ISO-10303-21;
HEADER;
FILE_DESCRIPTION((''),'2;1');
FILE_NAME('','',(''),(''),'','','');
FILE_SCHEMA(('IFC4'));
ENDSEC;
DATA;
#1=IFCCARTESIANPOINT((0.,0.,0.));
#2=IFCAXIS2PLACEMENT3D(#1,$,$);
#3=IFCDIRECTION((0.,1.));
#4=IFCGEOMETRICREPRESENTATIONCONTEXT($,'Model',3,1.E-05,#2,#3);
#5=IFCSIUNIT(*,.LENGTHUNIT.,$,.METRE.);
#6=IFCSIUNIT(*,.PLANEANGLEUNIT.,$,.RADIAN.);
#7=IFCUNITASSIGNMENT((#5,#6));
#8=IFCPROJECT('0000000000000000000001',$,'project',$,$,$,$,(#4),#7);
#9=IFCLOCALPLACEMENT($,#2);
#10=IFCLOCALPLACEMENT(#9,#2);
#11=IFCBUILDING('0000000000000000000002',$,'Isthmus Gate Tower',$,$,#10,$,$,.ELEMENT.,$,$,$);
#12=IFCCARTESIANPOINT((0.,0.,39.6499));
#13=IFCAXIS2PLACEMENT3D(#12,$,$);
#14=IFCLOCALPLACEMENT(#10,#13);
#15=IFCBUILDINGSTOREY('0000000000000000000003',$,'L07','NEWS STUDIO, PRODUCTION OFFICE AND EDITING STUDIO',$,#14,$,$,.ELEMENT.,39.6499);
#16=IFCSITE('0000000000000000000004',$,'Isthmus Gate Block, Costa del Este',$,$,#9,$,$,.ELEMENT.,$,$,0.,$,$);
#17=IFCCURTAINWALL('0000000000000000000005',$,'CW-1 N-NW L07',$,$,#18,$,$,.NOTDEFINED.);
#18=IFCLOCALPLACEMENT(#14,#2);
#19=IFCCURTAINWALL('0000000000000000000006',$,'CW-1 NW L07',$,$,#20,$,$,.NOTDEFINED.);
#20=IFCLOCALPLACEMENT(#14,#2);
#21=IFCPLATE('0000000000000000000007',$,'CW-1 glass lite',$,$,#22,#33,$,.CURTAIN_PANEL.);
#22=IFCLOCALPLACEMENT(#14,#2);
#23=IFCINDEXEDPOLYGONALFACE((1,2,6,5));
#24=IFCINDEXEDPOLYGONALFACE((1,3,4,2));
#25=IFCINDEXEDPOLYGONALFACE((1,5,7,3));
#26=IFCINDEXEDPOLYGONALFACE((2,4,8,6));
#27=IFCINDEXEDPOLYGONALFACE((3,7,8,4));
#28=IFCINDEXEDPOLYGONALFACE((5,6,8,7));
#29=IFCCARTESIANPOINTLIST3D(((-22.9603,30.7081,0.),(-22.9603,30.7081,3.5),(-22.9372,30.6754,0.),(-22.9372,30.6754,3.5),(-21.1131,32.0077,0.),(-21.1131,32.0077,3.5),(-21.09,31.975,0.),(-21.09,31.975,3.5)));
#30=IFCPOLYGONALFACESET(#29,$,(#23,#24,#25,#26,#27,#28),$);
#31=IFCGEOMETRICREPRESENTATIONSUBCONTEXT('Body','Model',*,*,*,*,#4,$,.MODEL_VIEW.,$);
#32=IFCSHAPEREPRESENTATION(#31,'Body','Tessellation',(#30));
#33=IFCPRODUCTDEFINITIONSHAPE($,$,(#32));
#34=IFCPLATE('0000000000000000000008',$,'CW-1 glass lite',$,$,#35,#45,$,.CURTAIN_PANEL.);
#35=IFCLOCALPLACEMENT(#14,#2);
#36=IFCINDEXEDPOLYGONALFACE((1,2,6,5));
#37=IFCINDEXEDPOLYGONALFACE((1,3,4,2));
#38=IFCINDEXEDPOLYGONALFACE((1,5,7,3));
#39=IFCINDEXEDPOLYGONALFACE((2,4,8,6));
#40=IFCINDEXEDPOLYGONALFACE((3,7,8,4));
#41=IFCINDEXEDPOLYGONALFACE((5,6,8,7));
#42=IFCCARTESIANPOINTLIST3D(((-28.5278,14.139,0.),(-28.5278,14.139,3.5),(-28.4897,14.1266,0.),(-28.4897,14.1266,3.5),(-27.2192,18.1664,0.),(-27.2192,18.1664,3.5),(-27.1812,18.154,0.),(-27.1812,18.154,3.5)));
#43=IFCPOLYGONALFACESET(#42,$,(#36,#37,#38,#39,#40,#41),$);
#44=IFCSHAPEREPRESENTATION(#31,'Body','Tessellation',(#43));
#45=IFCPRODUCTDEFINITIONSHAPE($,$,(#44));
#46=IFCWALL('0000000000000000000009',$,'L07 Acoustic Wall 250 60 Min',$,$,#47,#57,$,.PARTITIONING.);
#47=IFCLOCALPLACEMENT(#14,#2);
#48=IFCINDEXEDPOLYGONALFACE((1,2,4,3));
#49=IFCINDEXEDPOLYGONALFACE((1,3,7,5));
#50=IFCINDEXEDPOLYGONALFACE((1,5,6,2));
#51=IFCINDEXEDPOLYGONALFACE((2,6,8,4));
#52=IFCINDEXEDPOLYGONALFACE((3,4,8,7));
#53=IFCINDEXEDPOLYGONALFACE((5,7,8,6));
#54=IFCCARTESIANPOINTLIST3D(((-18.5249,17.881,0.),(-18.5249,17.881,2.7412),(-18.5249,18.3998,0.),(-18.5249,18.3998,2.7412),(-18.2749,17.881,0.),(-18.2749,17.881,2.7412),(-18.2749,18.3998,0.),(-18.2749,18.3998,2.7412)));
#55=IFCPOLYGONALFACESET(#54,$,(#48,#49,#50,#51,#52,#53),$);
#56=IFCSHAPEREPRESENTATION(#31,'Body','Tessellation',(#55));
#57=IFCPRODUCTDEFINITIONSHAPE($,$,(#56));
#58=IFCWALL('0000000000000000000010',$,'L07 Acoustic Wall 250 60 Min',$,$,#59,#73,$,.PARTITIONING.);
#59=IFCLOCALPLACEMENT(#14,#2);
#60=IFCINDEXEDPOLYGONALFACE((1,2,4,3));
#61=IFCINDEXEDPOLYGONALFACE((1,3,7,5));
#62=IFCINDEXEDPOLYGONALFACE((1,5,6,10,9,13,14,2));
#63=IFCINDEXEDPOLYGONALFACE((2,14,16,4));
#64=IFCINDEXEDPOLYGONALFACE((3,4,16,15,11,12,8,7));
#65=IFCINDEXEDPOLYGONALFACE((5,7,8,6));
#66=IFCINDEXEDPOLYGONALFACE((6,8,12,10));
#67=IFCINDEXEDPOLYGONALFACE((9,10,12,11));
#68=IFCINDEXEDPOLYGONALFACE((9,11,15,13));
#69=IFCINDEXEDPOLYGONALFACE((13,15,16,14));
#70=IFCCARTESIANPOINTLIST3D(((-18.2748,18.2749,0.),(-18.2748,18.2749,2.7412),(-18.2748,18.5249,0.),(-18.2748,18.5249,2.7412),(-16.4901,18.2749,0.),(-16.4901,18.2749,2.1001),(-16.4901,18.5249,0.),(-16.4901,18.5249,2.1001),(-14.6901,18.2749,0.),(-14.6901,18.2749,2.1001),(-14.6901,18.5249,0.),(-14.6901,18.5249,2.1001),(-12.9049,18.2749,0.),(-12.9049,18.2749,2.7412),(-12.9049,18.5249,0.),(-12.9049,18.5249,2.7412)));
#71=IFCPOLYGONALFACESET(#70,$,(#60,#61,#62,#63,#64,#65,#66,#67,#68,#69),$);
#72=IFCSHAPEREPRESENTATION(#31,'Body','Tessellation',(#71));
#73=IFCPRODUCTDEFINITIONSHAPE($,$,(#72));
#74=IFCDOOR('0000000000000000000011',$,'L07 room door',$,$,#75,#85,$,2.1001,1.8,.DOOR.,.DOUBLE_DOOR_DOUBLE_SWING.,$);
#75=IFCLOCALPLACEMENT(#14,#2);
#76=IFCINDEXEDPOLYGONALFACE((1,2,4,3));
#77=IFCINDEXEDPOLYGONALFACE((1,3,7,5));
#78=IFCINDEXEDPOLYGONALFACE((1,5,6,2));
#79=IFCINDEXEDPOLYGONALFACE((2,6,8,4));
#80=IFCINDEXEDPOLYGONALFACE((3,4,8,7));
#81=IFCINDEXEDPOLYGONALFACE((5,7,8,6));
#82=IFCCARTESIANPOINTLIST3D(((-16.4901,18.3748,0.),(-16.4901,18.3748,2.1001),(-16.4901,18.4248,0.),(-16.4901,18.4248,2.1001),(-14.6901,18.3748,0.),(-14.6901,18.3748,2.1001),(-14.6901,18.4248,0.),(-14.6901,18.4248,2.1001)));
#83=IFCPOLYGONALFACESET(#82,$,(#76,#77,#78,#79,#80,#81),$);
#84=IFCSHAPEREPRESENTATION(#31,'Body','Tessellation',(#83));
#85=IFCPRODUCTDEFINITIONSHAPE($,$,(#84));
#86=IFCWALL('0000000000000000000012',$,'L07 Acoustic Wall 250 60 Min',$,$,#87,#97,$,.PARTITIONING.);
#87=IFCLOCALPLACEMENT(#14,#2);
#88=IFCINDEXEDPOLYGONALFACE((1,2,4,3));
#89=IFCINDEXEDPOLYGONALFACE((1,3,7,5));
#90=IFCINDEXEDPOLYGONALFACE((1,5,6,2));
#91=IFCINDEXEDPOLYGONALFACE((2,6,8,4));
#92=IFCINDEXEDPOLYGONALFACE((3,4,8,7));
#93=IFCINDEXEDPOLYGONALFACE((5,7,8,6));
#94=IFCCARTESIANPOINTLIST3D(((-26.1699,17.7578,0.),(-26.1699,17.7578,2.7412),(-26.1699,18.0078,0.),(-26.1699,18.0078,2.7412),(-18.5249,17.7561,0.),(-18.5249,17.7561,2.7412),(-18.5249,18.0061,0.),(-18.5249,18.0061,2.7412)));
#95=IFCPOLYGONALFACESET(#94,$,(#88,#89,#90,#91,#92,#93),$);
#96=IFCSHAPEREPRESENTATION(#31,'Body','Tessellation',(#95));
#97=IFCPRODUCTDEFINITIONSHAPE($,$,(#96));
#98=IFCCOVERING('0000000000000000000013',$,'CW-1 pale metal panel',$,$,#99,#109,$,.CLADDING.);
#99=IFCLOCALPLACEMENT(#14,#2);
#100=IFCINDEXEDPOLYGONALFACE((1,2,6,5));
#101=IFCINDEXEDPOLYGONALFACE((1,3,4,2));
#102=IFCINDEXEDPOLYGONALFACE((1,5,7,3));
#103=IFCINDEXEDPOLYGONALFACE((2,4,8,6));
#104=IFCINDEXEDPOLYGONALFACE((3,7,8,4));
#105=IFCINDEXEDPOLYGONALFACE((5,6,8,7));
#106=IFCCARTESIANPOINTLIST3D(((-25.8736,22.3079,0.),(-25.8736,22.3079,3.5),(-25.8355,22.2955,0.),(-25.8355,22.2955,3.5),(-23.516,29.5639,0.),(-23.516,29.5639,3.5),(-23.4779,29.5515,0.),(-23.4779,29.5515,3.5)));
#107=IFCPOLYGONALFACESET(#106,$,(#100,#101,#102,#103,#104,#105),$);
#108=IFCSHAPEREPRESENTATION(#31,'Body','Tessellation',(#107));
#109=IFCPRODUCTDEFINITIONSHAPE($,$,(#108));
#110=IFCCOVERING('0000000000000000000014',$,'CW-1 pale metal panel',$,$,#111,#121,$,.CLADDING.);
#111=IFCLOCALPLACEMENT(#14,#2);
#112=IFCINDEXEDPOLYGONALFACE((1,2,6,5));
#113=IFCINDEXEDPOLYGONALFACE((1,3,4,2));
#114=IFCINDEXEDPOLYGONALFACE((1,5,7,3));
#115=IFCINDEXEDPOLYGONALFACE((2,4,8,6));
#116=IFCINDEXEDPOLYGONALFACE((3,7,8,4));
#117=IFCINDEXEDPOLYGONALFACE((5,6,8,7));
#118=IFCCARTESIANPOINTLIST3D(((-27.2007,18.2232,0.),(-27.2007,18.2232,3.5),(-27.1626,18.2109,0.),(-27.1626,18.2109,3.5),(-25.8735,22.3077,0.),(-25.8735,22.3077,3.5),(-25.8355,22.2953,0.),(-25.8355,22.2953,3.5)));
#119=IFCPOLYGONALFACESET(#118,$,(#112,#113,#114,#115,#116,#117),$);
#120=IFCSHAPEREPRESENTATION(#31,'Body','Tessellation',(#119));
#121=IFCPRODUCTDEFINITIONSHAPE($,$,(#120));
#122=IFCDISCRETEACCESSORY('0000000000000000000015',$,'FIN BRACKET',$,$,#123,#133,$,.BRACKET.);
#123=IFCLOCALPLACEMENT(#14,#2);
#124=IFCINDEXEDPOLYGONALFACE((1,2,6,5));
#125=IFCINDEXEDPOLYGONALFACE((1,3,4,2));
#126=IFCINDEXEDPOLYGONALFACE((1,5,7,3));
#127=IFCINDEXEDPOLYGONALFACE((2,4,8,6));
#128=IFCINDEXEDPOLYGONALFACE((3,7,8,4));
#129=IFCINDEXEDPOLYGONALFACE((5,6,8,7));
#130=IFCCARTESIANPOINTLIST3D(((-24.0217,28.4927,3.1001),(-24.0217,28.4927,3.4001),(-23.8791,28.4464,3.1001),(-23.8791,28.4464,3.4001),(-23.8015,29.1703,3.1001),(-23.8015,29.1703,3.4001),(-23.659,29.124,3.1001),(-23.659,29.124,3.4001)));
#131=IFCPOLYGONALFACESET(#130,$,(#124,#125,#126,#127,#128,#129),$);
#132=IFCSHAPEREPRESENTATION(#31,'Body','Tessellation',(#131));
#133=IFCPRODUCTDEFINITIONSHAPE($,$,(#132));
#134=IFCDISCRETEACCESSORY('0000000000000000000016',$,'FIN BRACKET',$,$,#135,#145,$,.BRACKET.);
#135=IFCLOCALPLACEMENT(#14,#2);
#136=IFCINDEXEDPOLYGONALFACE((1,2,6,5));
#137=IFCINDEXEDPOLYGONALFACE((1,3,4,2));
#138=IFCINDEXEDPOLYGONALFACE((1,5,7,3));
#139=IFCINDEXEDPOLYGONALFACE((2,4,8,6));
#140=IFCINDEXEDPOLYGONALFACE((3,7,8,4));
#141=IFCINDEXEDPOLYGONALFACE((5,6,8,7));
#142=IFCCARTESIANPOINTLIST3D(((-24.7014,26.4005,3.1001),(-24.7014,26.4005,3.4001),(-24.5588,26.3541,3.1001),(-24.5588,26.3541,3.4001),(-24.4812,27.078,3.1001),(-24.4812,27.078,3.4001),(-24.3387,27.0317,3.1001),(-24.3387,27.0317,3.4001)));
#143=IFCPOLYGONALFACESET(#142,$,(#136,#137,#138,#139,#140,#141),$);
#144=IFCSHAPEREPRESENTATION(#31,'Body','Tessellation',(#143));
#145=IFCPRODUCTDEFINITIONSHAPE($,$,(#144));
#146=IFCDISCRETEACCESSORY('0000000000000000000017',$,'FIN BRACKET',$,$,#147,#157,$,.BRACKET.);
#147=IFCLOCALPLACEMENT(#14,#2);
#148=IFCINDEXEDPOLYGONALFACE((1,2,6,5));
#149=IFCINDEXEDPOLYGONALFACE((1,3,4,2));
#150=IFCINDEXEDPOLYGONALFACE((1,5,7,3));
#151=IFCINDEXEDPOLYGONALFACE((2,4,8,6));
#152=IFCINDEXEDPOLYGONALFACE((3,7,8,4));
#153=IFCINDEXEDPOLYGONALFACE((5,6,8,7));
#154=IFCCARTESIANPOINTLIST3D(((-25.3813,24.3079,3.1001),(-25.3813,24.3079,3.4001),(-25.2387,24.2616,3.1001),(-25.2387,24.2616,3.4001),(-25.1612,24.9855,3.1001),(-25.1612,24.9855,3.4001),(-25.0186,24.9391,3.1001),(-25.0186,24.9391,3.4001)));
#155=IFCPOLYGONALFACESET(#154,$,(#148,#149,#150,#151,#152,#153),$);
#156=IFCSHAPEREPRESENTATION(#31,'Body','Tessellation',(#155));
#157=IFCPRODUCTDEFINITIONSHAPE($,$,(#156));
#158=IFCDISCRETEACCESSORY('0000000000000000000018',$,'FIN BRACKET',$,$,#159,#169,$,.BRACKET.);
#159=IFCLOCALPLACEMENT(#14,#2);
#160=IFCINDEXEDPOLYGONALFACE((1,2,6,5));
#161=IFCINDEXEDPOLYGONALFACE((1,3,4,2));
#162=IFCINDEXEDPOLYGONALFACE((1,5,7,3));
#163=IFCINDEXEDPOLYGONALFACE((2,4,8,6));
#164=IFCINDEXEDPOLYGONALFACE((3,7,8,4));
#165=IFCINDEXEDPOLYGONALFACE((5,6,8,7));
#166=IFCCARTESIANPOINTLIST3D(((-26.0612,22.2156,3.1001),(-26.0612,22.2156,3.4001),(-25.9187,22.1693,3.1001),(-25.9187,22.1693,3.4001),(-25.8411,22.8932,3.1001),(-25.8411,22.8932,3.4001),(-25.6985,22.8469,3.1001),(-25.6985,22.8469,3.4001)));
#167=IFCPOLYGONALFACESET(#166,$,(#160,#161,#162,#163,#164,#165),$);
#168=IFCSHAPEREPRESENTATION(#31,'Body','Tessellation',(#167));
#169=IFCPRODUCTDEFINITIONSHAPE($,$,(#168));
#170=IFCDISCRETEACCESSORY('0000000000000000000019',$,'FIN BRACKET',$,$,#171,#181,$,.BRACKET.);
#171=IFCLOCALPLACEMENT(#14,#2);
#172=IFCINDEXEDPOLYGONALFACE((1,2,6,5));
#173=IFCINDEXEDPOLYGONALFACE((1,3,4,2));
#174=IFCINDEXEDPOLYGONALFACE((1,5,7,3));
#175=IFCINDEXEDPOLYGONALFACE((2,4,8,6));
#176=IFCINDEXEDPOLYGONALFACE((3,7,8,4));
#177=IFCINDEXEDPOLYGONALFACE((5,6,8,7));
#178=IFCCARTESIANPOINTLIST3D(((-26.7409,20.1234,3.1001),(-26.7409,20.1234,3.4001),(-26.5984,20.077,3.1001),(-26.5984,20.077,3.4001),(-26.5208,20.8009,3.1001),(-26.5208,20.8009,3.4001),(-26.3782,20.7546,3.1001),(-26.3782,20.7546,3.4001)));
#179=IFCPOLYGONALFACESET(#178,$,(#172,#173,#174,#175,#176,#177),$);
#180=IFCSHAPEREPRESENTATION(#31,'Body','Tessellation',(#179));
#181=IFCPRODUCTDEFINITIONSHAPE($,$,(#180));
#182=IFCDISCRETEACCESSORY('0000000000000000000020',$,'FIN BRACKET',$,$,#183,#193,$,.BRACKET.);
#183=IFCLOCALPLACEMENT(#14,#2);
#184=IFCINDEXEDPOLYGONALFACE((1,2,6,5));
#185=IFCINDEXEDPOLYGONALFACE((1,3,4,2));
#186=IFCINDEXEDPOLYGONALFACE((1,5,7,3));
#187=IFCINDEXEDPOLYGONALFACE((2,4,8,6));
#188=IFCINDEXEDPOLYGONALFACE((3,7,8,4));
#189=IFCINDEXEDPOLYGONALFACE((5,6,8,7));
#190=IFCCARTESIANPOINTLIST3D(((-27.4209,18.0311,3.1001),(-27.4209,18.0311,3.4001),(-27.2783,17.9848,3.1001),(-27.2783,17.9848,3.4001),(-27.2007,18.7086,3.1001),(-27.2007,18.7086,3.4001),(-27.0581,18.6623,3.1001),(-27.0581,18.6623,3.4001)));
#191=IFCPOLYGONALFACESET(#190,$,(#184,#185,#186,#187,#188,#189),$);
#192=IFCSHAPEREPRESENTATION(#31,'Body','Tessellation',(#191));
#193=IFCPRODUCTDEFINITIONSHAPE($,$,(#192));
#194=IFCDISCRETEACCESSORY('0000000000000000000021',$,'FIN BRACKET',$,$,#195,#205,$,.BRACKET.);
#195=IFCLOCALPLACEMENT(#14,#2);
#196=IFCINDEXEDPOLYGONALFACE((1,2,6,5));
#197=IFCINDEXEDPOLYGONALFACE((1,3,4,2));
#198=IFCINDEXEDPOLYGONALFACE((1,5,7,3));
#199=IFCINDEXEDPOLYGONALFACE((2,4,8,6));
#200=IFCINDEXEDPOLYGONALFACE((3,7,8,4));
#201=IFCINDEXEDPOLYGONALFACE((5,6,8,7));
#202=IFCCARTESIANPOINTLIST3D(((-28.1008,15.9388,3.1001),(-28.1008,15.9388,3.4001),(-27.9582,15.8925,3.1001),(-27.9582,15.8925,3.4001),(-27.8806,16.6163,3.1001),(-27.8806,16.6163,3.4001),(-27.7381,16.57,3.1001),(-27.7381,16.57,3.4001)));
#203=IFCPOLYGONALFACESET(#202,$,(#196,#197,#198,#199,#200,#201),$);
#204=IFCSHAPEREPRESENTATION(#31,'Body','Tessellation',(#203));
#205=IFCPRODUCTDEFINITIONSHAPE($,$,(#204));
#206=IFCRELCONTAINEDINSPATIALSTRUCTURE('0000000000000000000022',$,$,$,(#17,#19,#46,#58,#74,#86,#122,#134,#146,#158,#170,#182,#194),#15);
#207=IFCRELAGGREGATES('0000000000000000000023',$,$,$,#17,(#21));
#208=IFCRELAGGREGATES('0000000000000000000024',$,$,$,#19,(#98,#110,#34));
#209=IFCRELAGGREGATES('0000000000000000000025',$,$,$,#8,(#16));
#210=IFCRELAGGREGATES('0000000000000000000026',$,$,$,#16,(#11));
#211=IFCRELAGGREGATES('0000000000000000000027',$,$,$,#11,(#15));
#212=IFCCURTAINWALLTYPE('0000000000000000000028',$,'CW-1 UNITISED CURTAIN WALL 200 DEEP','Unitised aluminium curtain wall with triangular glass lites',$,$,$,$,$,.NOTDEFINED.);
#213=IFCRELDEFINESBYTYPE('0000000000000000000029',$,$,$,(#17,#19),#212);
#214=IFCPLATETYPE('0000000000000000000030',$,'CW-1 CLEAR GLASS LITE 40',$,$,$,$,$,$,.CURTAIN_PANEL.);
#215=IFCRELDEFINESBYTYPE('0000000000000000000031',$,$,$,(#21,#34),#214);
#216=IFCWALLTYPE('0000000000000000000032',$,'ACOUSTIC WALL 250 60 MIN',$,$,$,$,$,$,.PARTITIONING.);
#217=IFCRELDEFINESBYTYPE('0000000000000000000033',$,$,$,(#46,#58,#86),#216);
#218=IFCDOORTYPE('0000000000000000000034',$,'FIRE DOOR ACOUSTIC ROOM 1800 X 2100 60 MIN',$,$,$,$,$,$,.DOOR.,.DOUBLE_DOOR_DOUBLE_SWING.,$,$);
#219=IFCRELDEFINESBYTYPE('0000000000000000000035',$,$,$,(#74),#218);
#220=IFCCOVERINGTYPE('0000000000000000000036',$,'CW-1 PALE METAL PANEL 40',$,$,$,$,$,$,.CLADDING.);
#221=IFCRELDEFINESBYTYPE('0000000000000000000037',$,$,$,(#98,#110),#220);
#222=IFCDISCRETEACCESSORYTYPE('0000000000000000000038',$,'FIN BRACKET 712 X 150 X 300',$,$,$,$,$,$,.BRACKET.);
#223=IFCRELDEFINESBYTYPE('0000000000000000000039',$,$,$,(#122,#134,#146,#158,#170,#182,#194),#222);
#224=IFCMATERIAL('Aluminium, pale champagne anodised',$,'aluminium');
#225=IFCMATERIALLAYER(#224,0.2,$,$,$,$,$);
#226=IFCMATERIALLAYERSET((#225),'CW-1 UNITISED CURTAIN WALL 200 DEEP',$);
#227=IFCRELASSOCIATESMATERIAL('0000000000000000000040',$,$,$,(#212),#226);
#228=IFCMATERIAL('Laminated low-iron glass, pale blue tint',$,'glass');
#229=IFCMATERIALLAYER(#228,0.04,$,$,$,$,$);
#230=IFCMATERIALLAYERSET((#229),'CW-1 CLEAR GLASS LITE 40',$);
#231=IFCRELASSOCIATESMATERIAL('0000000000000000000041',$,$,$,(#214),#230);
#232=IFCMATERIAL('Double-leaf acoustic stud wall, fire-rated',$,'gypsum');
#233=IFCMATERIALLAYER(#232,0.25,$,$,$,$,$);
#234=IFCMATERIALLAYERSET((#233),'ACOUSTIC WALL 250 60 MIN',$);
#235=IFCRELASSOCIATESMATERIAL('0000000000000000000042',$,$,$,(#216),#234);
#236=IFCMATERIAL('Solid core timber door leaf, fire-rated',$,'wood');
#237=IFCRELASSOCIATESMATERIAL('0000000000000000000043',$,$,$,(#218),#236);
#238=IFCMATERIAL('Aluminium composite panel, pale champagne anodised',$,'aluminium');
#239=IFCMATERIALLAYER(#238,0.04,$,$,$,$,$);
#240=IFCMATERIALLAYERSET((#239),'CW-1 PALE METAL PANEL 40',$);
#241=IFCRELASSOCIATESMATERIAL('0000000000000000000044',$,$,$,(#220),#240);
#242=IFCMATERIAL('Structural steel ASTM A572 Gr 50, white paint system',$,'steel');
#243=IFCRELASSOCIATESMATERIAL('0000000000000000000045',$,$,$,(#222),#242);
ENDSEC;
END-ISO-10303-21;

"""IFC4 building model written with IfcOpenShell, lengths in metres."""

from ifc_helpers import new_model, si_unit, direction, frame, frame_2d, origin, origin_2d, place, context, subcontext, project, spatial, rectangle, extrude, material, layer, layer_set, type_object, element, fill, aggregate, save


model = new_model("IFC4")

# Units and contexts
model_context = context("Model", 3, precision=1e-05, world=origin(), true_north=direction((0.0, 1.0)))
body_context = subcontext(model_context, "Body", "Model", "MODEL_VIEW")
ifc_project = project(units=[si_unit("LENGTHUNIT", "METRE"), si_unit("PLANEANGLEUNIT", "RADIAN")], contexts=[model_context])

# Site, building, storey
site_placement = place(None, origin())
site = spatial("IfcSite", under=ifc_project, at=site_placement, Name="Isthmus Gate Block, Costa del Este", CompositionType="ELEMENT", RefElevation=0.0)
building_placement = place(site_placement, origin())
building = spatial("IfcBuilding", under=site, at=building_placement, Name="Isthmus Gate Tower", CompositionType="ELEMENT")
storey_placement = place(building_placement, frame((0.0, 0.0, 39.6499)))
storey = spatial("IfcBuildingStorey", under=building, at=storey_placement, Name="L07", Description="NEWS STUDIO, PRODUCTION OFFICE AND EDITING STUDIO", CompositionType="ELEMENT", Elevation=39.6499)

# Curtain wall
ifc_material_1 = material(Name="Aluminium, pale champagne anodised", Category="aluminium")
ifc_layer_1 = layer(ifc_material_1, 0.2)
ifc_layer_set_1 = layer_set([ifc_layer_1], Name="CW-1 UNITISED CURTAIN WALL 200 DEEP")
curtain_wall_type = type_object("IfcCurtainWallType", Name="CW-1 UNITISED CURTAIN WALL 200 DEEP", Description="Unitised aluminium curtain wall with triangular glass lites", PredefinedType="NOTDEFINED", material=ifc_layer_set_1)
curtain_wall_1_placement = place(storey_placement, origin())
curtain_wall_1 = element("IfcCurtainWall", 1, at=curtain_wall_1_placement, inside=storey, type_object=curtain_wall_type, Name="CW-1 N-NW L07", PredefinedType="NOTDEFINED")

# Curtain wall
curtain_wall_2_placement = place(storey_placement, origin())
curtain_wall_2 = element("IfcCurtainWall", 2, at=curtain_wall_2_placement, inside=storey, type_object=curtain_wall_type, Name="CW-1 NW L07", PredefinedType="NOTDEFINED")

# Plates
ifc_material_2 = material(Name="Laminated low-iron glass, pale blue tint", Category="glass")
ifc_layer_2 = layer(ifc_material_2, 0.04)
ifc_layer_set_2 = layer_set([ifc_layer_2], Name="CW-1 CLEAR GLASS LITE 40")
plate_type = type_object("IfcPlateType", Name="CW-1 CLEAR GLASS LITE 40", PredefinedType="CURTAIN_PANEL", material=ifc_layer_set_2)
plate_1_placement = place(storey_placement, frame((-22.0251, 31.3416, 0.0), z_axis=(0.0, 0.0, 1.0), x_axis=(-0.81786, -0.575418, 0.0)))
plate_1 = element("IfcPlate", 3, at=plate_1_placement, type_object=plate_type, Name="CW-1 glass lite", PredefinedType="CURTAIN_PANEL", context=body_context, shape_type="SweptSolid", body=[
    extrude(rectangle(XDim=2.2585, YDim=0.04, at=origin_2d()), origin(), (0.0, 0.0, 1.0), 3.5),
])
aggregate(curtain_wall_1, [plate_1])
plate_2_placement = place(storey_placement, frame((-27.8545, 16.1465, 0.0), z_axis=(0.0, 0.0, 1.0), x_axis=(-0.309017, -0.951057, 0.0)))
plate_2 = element("IfcPlate", 4, at=plate_2_placement, type_object=plate_type, Name="CW-1 glass lite", PredefinedType="CURTAIN_PANEL", context=body_context, shape_type="SweptSolid", body=[
    extrude(rectangle(XDim=4.2346, YDim=0.04, at=origin_2d()), origin(), (0.0, 0.0, 1.0), 3.5),
])

# Wall
ifc_material_3 = material(Name="Double-leaf acoustic stud wall, fire-rated", Category="gypsum")
ifc_layer_3 = layer(ifc_material_3, 0.25)
ifc_layer_set_3 = layer_set([ifc_layer_3], Name="ACOUSTIC WALL 250 60 MIN")
wall_type = type_object("IfcWallType", Name="ACOUSTIC WALL 250 60 MIN", PredefinedType="PARTITIONING", material=ifc_layer_set_3)
wall_1_placement = place(storey_placement, frame((-18.3999, 17.8811, 0.0), z_axis=(0.0, 0.0, 1.0), x_axis=(0.0, 1.0, 0.0)))
element("IfcWall", 5, at=wall_1_placement, inside=storey, type_object=wall_type, Name="L07 Acoustic Wall 250 60 Min", PredefinedType="PARTITIONING", context=body_context, shape_type="SweptSolid", body=[
    extrude(rectangle(XDim=0.5188, YDim=0.25, at=frame_2d((0.2593, 0.0))), origin(), (0.0, 0.0, 1.0), 2.7412),
])

# Wall, opening, door
wall_2_placement = place(storey_placement, frame((-18.2749, 18.3999, 0.0), z_axis=(0.0, 0.0, 1.0), x_axis=(1.0, 0.0, 0.0)))
wall_2 = element("IfcWall", 6, at=wall_2_placement, inside=storey, type_object=wall_type, Name="L07 Acoustic Wall 250 60 Min", PredefinedType="PARTITIONING", context=body_context, shape_type="SweptSolid", body=[
    extrude(rectangle(XDim=5.3699, YDim=0.25, at=frame_2d((2.6851, 0.0))), origin(), (0.0, 0.0, 1.0), 2.7412),
])
opening_placement = place(wall_2_placement, frame((1.7849, 0.0, 0.0)))
opening = element("IfcOpeningElement", 7, at=opening_placement, cuts=wall_2, PredefinedType="OPENING", context=body_context, shape_type="SweptSolid", body=[
    extrude(rectangle(XDim=1.8, YDim=2.1001, at=frame_2d((0.8999, 1.05))), frame((0.0, 0.135, 0.0), z_axis=(0.0, -1.0, 0.0), x_axis=(1.0, 0.0, 0.0)), (0.0, 0.0, 1.0), 0.27),
])
ifc_material_4 = material(Name="Solid core timber door leaf, fire-rated", Category="wood")
door_type = type_object("IfcDoorType", Name="FIRE DOOR ACOUSTIC ROOM 1800 X 2100 60 MIN", OperationType="DOUBLE_DOOR_DOUBLE_SWING", PredefinedType="DOOR", material=ifc_material_4)
door_placement = place(opening_placement, origin())
door = element("IfcDoor", 8, at=door_placement, inside=storey, type_object=door_type, Name="L07 room door", OperationType="DOUBLE_DOOR_DOUBLE_SWING", OverallHeight=2.1001, OverallWidth=1.8, PredefinedType="DOOR", context=body_context, shape_type="SweptSolid", body=[
    extrude(rectangle(XDim=1.8, YDim=2.1001, at=frame_2d((0.8999, 1.05))), frame((0.0, 0.0249, 0.0), z_axis=(0.0, -1.0, 0.0), x_axis=(1.0, 0.0, 0.0)), (0.0, 0.0, 1.0), 0.05),
])
fill(opening, door)

# Wall
wall_3_placement = place(storey_placement, frame((-26.1699, 17.8828, 0.0), z_axis=(0.0, 0.0, 1.0), x_axis=(1.0, -0.000224, 0.0)))
element("IfcWall", 9, at=wall_3_placement, inside=storey, type_object=wall_type, Name="L07 Acoustic Wall 250 60 Min", PredefinedType="PARTITIONING", context=body_context, shape_type="SweptSolid", body=[
    extrude(rectangle(XDim=7.645, YDim=0.25, at=frame_2d((3.8225, 0.0))), origin(), (0.0, 0.0, 1.0), 2.7412),
])

# Coverings
ifc_material_5 = material(Name="Aluminium composite panel, pale champagne anodised", Category="aluminium")
ifc_layer_4 = layer(ifc_material_5, 0.04)
ifc_layer_set_4 = layer_set([ifc_layer_4], Name="CW-1 PALE METAL PANEL 40")
covering_type = type_object("IfcCoveringType", Name="CW-1 PALE METAL PANEL 40", PredefinedType="CLADDING", material=ifc_layer_set_4)
covering_1_placement = place(storey_placement, frame((-24.6758, 25.9297, 0.0), z_axis=(0.0, 0.0, 1.0), x_axis=(-0.309017, -0.951057, 0.0)))
covering_1 = element("IfcCovering", 10, at=covering_1_placement, type_object=covering_type, Name="CW-1 pale metal panel", PredefinedType="CLADDING", context=body_context, shape_type="SweptSolid", body=[
    extrude(rectangle(XDim=7.6294, YDim=0.04, at=origin_2d()), origin(), (0.0, 0.0, 1.0), 3.5),
])
covering_2_placement = place(storey_placement, frame((-26.5181, 20.2593, 0.0), z_axis=(0.0, 0.0, 1.0), x_axis=(-0.309017, -0.951057, 0.0)))
covering_2 = element("IfcCovering", 11, at=covering_2_placement, type_object=covering_type, Name="CW-1 pale metal panel", PredefinedType="CLADDING", context=body_context, shape_type="SweptSolid", body=[
    extrude(rectangle(XDim=4.2947, YDim=0.04, at=origin_2d()), origin(), (0.0, 0.0, 1.0), 3.5),
])
aggregate(curtain_wall_2, [covering_1, covering_2, plate_2])

# Discrete accessories
ifc_material_6 = material(Name="Structural steel ASTM A572 Gr 50, white paint system", Category="steel")
discrete_accessory_type_1 = type_object("IfcDiscreteAccessoryType", Name="FIN BRACKET 712 X 150 X 300", PredefinedType="BRACKET", material=ifc_material_6)
for number, where, z_axis, x_axis, name in (
    (12, (-23.8403, 28.8083, 3.1001), (0.0, 0.0, 1.0), (-0.951057, 0.309017, 0.0), "FIN BRACKET"),
    (13, (-24.52, 26.7161, 3.1001), (0.0, 0.0, 1.0), (-0.951057, 0.309017, 0.0), "FIN BRACKET"),
    (14, (-25.2, 24.6235, 3.1001), (0.0, 0.0, 1.0), (-0.951057, 0.309017, 0.0), "FIN BRACKET"),
    (15, (-25.8799, 22.5312, 3.1001), (0.0, 0.0, 1.0), (-0.951057, 0.309017, 0.0), "FIN BRACKET"),
    (16, (-26.5596, 20.439, 3.1001), (0.0, 0.0, 1.0), (-0.951057, 0.309017, 0.0), "FIN BRACKET"),
    (17, (-27.2395, 18.3467, 3.1001), (0.0, 0.0, 1.0), (-0.951057, 0.309017, 0.0), "FIN BRACKET"),
    (18, (-27.9194, 16.2544, 3.1001), (0.0, 0.0, 1.0), (-0.951057, 0.309017, 0.0), "FIN BRACKET"),
):
    element("IfcDiscreteAccessory", number, at=place(storey_placement, frame(where, z_axis=z_axis, x_axis=x_axis)), inside=storey, type_object=discrete_accessory_type_1, Name=name, PredefinedType="BRACKET", context=body_context, shape_type="SweptSolid", body=[
        extrude(rectangle(XDim=0.1499, YDim=0.7124, at=origin_2d()), origin(), (0.0, 0.0, 1.0), 0.3),
    ])

save(model, "model.ifc")
